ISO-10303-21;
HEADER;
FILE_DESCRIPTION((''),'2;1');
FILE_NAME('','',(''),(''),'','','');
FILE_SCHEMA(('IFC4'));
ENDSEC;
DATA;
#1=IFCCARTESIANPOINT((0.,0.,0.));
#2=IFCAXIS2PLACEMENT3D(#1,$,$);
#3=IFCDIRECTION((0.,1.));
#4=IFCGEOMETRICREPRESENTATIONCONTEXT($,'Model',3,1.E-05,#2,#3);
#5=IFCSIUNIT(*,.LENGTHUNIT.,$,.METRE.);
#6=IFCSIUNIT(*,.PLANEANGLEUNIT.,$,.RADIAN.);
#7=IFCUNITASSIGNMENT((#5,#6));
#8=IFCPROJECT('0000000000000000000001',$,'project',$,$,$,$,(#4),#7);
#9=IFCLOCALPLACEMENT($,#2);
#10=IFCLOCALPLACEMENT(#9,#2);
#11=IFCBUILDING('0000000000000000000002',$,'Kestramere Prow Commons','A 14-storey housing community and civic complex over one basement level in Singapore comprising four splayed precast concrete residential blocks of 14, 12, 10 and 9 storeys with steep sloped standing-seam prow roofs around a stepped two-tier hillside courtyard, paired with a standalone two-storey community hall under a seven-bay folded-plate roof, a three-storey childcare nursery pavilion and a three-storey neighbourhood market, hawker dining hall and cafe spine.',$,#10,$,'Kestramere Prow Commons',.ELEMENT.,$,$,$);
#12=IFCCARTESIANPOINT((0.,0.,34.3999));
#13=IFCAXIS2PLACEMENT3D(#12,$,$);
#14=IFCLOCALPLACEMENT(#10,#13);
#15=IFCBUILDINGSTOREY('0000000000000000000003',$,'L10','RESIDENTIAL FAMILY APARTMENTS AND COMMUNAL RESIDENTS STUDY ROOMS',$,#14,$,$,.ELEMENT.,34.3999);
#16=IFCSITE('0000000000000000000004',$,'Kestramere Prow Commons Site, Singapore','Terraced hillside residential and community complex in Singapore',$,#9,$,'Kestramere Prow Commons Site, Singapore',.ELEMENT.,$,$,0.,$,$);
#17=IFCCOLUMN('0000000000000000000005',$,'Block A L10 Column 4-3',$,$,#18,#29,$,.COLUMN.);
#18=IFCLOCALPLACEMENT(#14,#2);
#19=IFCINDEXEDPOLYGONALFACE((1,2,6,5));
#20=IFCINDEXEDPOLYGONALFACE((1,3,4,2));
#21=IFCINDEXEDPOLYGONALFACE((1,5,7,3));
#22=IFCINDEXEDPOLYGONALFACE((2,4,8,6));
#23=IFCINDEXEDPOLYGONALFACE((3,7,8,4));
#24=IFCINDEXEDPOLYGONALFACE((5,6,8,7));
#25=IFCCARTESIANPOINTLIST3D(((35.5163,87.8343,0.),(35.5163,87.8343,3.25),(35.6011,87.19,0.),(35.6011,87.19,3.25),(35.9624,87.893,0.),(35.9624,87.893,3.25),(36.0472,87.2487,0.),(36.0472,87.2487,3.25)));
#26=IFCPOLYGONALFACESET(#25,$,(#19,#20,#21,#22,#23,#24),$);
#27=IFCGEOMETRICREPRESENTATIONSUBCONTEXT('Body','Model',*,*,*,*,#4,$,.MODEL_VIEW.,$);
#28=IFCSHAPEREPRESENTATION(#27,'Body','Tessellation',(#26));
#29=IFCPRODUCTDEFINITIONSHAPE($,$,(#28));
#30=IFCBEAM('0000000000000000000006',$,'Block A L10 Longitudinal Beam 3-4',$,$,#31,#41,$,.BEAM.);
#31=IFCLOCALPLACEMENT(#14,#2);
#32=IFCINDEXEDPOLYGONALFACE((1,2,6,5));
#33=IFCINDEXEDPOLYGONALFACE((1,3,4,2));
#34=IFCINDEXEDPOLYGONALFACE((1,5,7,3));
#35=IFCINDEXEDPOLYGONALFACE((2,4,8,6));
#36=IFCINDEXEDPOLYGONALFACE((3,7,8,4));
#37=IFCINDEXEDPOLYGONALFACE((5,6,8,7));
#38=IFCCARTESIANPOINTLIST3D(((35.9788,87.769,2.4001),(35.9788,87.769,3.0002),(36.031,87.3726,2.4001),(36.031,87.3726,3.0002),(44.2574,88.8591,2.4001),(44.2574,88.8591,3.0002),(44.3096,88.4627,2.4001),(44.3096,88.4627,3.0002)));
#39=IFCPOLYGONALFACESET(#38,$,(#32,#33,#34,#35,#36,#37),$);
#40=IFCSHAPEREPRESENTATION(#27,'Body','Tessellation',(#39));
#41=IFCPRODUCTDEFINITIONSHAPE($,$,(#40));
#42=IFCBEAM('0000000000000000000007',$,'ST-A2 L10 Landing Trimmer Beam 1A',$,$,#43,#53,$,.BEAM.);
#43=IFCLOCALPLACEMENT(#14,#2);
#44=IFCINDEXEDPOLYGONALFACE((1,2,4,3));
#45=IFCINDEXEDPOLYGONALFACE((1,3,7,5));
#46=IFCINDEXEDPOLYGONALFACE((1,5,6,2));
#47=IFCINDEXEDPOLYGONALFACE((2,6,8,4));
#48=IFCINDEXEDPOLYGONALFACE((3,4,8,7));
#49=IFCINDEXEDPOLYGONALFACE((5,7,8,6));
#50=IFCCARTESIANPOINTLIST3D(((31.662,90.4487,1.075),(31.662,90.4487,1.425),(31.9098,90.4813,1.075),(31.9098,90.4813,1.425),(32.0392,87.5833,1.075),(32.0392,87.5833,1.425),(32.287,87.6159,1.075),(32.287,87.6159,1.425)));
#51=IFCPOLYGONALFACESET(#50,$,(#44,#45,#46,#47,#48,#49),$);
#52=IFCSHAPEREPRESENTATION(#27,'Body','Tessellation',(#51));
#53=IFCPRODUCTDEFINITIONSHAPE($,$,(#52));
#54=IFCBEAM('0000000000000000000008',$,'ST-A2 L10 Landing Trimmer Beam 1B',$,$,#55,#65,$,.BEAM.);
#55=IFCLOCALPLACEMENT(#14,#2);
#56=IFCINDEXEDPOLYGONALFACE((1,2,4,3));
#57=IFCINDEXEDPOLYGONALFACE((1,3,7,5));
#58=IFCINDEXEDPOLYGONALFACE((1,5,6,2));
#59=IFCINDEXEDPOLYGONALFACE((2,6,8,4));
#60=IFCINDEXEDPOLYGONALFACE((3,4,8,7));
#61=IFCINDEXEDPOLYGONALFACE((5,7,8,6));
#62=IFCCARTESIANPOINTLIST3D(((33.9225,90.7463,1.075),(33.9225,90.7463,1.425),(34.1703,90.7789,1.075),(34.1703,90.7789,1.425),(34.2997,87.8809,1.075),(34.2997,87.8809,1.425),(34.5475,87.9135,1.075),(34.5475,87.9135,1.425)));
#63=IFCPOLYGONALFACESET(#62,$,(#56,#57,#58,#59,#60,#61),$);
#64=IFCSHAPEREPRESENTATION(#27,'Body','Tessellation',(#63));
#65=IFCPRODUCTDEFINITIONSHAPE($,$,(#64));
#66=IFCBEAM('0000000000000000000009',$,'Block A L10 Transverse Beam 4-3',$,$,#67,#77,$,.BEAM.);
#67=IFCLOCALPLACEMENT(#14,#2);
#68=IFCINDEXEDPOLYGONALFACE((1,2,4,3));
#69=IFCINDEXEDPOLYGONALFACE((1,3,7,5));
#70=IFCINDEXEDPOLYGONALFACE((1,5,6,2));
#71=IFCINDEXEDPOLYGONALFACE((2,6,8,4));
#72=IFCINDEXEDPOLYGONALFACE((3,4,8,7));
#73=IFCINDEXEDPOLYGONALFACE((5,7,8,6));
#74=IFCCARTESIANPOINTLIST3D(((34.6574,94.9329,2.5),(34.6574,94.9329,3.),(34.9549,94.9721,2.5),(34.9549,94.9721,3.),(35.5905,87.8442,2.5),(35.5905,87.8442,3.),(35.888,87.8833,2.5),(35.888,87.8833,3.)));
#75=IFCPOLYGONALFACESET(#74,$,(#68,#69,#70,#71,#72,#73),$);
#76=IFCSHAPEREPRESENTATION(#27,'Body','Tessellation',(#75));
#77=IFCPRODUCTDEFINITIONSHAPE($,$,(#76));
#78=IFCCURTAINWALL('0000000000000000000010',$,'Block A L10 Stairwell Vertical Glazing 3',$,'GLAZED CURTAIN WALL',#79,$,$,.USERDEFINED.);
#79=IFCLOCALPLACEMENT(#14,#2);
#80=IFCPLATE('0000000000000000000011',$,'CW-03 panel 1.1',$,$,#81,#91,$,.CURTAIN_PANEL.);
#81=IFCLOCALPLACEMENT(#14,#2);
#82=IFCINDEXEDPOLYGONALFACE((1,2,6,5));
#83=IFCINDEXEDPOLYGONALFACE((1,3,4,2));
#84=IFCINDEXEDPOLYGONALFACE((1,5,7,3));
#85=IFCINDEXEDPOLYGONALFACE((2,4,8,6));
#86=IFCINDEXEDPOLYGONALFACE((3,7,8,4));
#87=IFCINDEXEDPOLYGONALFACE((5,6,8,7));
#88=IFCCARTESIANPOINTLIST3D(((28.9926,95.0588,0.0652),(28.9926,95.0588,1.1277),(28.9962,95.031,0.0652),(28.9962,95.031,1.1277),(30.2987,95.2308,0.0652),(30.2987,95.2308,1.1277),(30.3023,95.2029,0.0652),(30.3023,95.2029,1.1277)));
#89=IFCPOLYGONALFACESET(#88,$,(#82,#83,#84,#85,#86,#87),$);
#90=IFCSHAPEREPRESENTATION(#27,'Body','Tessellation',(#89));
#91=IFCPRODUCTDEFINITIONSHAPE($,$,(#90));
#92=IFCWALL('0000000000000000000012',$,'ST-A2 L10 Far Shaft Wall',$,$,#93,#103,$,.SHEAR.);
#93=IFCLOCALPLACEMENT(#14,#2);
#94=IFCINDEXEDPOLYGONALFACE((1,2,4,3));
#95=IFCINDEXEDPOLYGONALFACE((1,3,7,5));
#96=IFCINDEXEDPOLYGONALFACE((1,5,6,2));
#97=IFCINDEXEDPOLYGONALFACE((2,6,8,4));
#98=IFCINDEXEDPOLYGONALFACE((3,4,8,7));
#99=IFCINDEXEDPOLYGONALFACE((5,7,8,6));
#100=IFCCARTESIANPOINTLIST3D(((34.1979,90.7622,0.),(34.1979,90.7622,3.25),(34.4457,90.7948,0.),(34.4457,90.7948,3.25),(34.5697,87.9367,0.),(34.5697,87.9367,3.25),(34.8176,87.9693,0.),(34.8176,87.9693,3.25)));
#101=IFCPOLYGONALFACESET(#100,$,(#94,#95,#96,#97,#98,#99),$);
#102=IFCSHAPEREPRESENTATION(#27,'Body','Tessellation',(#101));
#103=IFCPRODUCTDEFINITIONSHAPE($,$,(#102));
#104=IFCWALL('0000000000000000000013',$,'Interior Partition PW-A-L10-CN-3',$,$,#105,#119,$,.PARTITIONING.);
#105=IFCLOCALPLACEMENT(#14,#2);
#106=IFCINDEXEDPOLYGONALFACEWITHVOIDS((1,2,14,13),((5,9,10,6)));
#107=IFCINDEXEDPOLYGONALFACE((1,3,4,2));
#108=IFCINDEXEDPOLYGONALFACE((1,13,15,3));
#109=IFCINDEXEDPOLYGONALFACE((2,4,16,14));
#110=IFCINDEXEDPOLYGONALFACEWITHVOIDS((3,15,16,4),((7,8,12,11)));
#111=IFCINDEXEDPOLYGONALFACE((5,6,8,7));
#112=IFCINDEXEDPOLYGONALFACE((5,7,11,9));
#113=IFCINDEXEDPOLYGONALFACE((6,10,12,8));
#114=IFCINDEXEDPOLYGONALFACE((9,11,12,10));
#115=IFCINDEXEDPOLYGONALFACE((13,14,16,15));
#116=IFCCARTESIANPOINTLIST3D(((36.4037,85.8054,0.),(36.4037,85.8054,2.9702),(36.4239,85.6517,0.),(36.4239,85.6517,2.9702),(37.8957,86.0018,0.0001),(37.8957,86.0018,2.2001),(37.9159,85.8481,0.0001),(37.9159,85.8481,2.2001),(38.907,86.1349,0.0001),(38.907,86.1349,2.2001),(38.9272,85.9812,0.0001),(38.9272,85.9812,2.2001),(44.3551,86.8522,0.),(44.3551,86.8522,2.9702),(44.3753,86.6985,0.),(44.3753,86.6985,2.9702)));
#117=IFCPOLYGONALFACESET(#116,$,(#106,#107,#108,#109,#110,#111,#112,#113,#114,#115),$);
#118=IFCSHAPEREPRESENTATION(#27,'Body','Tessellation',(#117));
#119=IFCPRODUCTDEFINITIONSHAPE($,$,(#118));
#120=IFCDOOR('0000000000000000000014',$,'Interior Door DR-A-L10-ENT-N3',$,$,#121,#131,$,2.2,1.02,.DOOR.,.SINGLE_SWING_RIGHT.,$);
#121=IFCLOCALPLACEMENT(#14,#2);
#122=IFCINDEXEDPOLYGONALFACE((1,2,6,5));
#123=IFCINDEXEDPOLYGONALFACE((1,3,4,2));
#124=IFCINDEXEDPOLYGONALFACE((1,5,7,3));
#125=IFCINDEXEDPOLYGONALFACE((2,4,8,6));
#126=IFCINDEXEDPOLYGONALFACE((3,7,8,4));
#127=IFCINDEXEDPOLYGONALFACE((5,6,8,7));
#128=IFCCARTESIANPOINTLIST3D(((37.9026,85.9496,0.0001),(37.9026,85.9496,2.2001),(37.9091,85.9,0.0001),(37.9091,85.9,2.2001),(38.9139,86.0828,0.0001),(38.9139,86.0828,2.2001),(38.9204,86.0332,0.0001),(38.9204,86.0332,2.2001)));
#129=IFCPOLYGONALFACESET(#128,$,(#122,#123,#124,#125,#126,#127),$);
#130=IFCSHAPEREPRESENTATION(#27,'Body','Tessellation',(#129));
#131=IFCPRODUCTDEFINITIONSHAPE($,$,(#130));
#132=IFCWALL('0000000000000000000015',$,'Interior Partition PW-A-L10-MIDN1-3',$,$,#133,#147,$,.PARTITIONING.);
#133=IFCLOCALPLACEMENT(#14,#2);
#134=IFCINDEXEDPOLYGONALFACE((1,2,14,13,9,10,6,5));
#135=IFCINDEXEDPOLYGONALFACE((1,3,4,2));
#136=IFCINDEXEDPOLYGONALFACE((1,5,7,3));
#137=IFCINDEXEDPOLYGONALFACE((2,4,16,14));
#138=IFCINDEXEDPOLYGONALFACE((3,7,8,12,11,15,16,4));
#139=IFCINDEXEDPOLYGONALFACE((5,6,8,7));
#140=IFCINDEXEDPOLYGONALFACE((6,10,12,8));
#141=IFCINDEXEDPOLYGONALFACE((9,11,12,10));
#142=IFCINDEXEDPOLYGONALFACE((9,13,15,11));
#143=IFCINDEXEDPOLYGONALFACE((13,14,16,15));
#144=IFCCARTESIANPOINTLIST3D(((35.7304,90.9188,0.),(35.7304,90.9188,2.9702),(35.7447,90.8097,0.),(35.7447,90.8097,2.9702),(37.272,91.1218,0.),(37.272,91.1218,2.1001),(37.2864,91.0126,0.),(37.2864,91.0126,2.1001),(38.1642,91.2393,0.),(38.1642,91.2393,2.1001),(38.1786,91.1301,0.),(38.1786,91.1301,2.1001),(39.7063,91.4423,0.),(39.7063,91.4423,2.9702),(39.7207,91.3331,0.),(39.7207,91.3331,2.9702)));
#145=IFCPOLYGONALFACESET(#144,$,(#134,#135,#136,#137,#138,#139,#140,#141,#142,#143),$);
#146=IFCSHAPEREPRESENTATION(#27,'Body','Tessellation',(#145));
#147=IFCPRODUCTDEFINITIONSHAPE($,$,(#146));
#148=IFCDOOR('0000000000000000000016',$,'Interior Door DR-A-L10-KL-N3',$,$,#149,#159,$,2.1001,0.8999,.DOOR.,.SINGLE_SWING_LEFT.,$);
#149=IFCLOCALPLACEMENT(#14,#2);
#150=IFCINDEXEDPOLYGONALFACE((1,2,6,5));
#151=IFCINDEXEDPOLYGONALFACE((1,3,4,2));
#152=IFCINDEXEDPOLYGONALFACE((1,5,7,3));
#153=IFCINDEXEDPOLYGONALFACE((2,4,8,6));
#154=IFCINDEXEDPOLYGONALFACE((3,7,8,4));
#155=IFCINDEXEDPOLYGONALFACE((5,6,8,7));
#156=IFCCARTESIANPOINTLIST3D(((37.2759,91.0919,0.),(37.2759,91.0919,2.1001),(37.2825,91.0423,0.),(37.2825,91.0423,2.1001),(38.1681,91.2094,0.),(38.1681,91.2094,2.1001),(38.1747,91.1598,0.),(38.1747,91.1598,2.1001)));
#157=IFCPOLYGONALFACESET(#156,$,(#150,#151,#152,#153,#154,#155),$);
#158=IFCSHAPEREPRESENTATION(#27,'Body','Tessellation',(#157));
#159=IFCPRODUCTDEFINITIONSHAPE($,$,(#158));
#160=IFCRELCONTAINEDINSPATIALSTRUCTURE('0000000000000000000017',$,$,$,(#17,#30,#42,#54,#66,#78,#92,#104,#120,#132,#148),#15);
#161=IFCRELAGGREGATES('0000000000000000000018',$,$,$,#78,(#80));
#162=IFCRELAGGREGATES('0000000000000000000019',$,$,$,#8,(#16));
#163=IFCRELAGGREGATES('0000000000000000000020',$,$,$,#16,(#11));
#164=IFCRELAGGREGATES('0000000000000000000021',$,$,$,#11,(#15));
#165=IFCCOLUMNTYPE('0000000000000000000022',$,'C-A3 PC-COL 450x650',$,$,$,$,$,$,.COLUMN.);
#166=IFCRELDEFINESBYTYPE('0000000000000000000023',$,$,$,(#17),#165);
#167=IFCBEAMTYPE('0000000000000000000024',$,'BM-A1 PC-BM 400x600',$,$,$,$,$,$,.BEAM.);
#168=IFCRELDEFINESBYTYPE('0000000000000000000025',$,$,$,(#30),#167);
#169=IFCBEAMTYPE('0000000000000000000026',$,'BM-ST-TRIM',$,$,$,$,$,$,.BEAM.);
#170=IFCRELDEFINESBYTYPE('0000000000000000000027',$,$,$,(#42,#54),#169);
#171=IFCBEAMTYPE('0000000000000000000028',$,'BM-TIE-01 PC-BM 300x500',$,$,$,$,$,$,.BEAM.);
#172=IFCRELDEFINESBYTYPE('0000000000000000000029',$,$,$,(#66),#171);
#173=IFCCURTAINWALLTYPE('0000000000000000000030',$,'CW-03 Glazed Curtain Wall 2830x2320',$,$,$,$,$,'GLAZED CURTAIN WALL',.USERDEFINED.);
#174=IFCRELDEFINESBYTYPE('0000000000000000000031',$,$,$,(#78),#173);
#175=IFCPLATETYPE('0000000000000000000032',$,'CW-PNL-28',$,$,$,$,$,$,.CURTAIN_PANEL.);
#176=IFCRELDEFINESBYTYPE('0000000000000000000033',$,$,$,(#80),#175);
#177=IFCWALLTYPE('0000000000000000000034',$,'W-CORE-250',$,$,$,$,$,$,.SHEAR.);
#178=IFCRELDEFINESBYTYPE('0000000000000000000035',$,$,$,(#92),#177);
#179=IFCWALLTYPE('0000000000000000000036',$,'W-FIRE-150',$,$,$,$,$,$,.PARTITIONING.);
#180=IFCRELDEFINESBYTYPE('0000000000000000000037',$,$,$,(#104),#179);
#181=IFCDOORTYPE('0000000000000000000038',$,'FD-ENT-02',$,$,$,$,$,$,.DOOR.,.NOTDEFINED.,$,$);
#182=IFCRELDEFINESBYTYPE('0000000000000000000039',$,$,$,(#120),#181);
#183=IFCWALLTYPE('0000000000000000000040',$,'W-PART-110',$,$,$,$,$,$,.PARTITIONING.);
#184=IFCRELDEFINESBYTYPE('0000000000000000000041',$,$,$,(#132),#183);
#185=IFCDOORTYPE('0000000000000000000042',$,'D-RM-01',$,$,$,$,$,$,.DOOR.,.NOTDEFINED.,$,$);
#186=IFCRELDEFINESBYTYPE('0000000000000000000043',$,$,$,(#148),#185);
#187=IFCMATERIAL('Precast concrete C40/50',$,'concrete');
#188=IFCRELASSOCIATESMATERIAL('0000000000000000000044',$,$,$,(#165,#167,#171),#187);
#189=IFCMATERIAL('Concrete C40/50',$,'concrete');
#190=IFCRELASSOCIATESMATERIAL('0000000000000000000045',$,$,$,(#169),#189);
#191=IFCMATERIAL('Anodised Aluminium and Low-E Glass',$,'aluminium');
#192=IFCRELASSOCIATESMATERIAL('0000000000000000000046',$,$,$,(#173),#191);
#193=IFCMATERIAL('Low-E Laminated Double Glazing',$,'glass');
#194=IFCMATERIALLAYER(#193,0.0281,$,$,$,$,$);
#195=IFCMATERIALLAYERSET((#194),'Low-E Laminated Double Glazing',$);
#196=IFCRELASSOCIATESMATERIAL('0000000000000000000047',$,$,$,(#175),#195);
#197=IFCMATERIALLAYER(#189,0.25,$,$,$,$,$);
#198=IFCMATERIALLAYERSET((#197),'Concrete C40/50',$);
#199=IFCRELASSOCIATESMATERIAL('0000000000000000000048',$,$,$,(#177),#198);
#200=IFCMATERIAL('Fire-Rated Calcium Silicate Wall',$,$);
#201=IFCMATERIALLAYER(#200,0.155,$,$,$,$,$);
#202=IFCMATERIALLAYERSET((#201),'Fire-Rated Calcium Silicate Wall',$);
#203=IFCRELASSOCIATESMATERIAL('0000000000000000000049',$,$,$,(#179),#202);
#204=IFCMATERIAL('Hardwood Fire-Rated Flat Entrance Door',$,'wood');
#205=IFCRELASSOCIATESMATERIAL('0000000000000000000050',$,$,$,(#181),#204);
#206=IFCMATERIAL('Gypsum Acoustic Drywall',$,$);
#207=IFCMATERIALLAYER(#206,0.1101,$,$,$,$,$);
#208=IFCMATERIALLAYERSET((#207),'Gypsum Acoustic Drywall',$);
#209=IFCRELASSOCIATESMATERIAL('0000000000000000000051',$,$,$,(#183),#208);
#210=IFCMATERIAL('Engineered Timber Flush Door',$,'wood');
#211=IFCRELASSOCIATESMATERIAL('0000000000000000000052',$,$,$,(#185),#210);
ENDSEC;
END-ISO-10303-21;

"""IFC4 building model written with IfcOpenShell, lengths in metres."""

from ifc_helpers import new_model, si_unit, direction, frame, frame_2d, origin, origin_2d, place, context, subcontext, project, spatial, rectangle, extrude, material, layer, layer_set, material_profile, profile_set, type_object, element, fill, aggregate, save


model = new_model("IFC4")

# Units and contexts
model_context = context("Model", 3, precision=1e-05, world=origin(), true_north=direction((0.0, 1.0)))
body_context = subcontext(model_context, "Body", "Model", "MODEL_VIEW")
ifc_project = project(units=[si_unit("LENGTHUNIT", "METRE"), si_unit("PLANEANGLEUNIT", "RADIAN")], contexts=[model_context])

# Site, building, storey
site_placement = place(None, origin())
site = spatial("IfcSite", under=ifc_project, at=site_placement, Name="Kestramere Prow Commons Site, Singapore", Description="Terraced hillside residential and community complex in Singapore", LongName="Kestramere Prow Commons Site, Singapore", CompositionType="ELEMENT", RefElevation=0.0)
building_placement = place(site_placement, origin())
building = spatial("IfcBuilding", under=site, at=building_placement, Name="Kestramere Prow Commons", Description="A 14-storey housing community and civic complex over one basement level in Singapore comprising four splayed precast concrete residential blocks of 14, 12, 10 and 9 storeys with steep sloped standing-seam prow roofs around a stepped two-tier hillside courtyard, paired with a standalone two-storey community hall under a seven-bay folded-plate roof, a three-storey childcare nursery pavilion and a three-storey neighbourhood market, hawker dining hall and cafe spine.", LongName="Kestramere Prow Commons", CompositionType="ELEMENT")
storey_placement = place(building_placement, frame((0.0, 0.0, 34.3999)))
storey = spatial("IfcBuildingStorey", under=building, at=storey_placement, Name="L10", Description="RESIDENTIAL FAMILY APARTMENTS AND COMMUNAL RESIDENTS STUDY ROOMS", CompositionType="ELEMENT", Elevation=34.3999)

# Column
ifc_material_1 = material(Name="Precast concrete C40/50", Category="concrete")
ifc_material_profile_1 = material_profile(ifc_material_1, rectangle(XDim=0.45, YDim=0.6499, at=origin_2d()), Name="PC-COL 450x650")
ifc_profile_set_1 = profile_set([ifc_material_profile_1], Name="Precast concrete C40/50")
column_type = type_object("IfcColumnType", Name="C-A3 PC-COL 450x650", PredefinedType="COLUMN", material=ifc_profile_set_1)
column_placement = place(storey_placement, frame((35.7817, 87.5415, 0.0), z_axis=(0.0, 0.0, 1.0), x_axis=(0.991445, 0.130526, 0.0)))
element("IfcColumn", 1, at=column_placement, inside=storey, type_object=column_type, Name="Block A L10 Column 4-3", PredefinedType="COLUMN", context=body_context, shape_type="SweptSolid", body=[
    extrude(rectangle(XDim=0.45, YDim=0.6499, at=origin_2d()), origin(), (0.0, 0.0, 1.0), 3.25),
])

# Beams
ifc_material_profile_2 = material_profile(ifc_material_1, rectangle(XDim=0.3999, YDim=0.6001, at=origin_2d()), Name="PC-BM 400x600")
ifc_profile_set_2 = profile_set([ifc_material_profile_2], Name="Precast concrete C40/50")
beam_type_1 = type_object("IfcBeamType", Name="BM-A1 PC-BM 400x600", PredefinedType="BEAM", material=ifc_profile_set_2)
beam_1_placement = place(storey_placement, frame((36.0049, 87.5708, 2.7002), z_axis=(0.991442, 0.130549, 0.0), x_axis=(-0.130549, 0.991442, 0.0)))
element("IfcBeam", 2, at=beam_1_placement, inside=storey, type_object=beam_type_1, Name="Block A L10 Longitudinal Beam 3-4", PredefinedType="BEAM", context=body_context, shape_type="SweptSolid", body=[
    extrude(rectangle(XDim=0.3999, YDim=0.6001, at=origin_2d()), origin(), (0.0, 0.0, 1.0), 8.3501),
])
ifc_material_2 = material(Name="Concrete C40/50", Category="concrete")
ifc_material_profile_3 = material_profile(ifc_material_2, rectangle(XDim=0.25, YDim=0.3501, at=origin_2d()), Name="PC-BM 250x350")
ifc_profile_set_3 = profile_set([ifc_material_profile_3], Name="Concrete C40/50")
beam_type_2 = type_object("IfcBeamType", Name="BM-ST-TRIM", PredefinedType="BEAM", material=ifc_profile_set_3)
for number, where, z_axis, x_axis, name in (
    (3, (32.1631, 87.5996, 1.25), (-0.130509, 0.991447, 0.0), (-0.991447, -0.130509, 0.0), "ST-A2 L10 Landing Trimmer Beam 1A"),
    (4, (34.4236, 87.8972, 1.25), (-0.130509, 0.991447, 0.0), (-0.991447, -0.130509, 0.0), "ST-A2 L10 Landing Trimmer Beam 1B"),
):
    element("IfcBeam", number, at=place(storey_placement, frame(where, z_axis=z_axis, x_axis=x_axis)), inside=storey, type_object=beam_type_2, Name=name, PredefinedType="BEAM", context=body_context, shape_type="SweptSolid", body=[
        extrude(rectangle(XDim=0.25, YDim=0.3501, at=origin_2d()), origin(), (0.0, 0.0, 1.0), 2.8901),
    ])
ifc_material_profile_4 = material_profile(ifc_material_1, rectangle(XDim=0.3, YDim=0.5, at=origin_2d()), Name="PC-BM 300x500")
ifc_profile_set_4 = profile_set([ifc_material_profile_4], Name="Precast concrete C40/50")
beam_type_3 = type_object("IfcBeamType", Name="BM-TIE-01 PC-BM 300x500", PredefinedType="BEAM", material=ifc_profile_set_4)
beam_2_placement = place(storey_placement, frame((35.7393, 87.8638, 2.75), z_axis=(-0.130504, 0.991448, 0.0), x_axis=(-0.991448, -0.130504, 0.0)))
element("IfcBeam", 5, at=beam_2_placement, inside=storey, type_object=beam_type_3, Name="Block A L10 Transverse Beam 4-3", PredefinedType="BEAM", context=body_context, shape_type="SweptSolid", body=[
    extrude(rectangle(XDim=0.3, YDim=0.5, at=origin_2d()), origin(), (0.0, 0.0, 1.0), 7.1499),
])

# Curtain wall, plate
ifc_material_3 = material(Name="Anodised Aluminium and Low-E Glass", Category="aluminium")
curtain_wall_type = type_object("IfcCurtainWallType", Name="CW-03 Glazed Curtain Wall 2830x2320", ElementType="GLAZED CURTAIN WALL", PredefinedType="USERDEFINED", material=ifc_material_3)
curtain_wall_placement = place(storey_placement, origin())
curtain_wall = element("IfcCurtainWall", 6, at=curtain_wall_placement, inside=storey, type_object=curtain_wall_type, Name="Block A L10 Stairwell Vertical Glazing 3", ObjectType="GLAZED CURTAIN WALL", PredefinedType="USERDEFINED")
ifc_material_4 = material(Name="Low-E Laminated Double Glazing", Category="glass")
ifc_layer_1 = layer(ifc_material_4, 0.0281)
ifc_layer_set_1 = layer_set([ifc_layer_1], Name="Low-E Laminated Double Glazing")
plate_type = type_object("IfcPlateType", Name="CW-PNL-28", PredefinedType="CURTAIN_PANEL", material=ifc_layer_set_1)
plate_placement = place(storey_placement, frame((29.6475, 95.1309, 0.0652), z_axis=(0.0, 0.0, 1.0), x_axis=(0.991445, 0.130526, 0.0)))
plate = element("IfcPlate", 7, at=plate_placement, type_object=plate_type, Name="CW-03 panel 1.1", PredefinedType="CURTAIN_PANEL", context=body_context, shape_type="SweptSolid", body=[
    extrude(rectangle(XDim=1.3174, YDim=0.0281, at=origin_2d()), origin(), (0.0, 0.0, 1.0), 1.0625),
])
aggregate(curtain_wall, [plate])

# Wall
ifc_layer_2 = layer(ifc_material_2, 0.25)
ifc_layer_set_2 = layer_set([ifc_layer_2], Name="Concrete C40/50")
wall_type_1 = type_object("IfcWallType", Name="W-CORE-250", PredefinedType="SHEAR", material=ifc_layer_set_2)
wall_1_placement = place(storey_placement, frame((34.6936, 87.9531, 0.0), z_axis=(0.0, 0.0, 1.0), x_axis=(-0.130474, 0.991452, 0.0)))
element("IfcWall", 8, at=wall_1_placement, inside=storey, type_object=wall_type_1, Name="ST-A2 L10 Far Shaft Wall", PredefinedType="SHEAR", context=body_context, shape_type="SweptSolid", body=[
    extrude(rectangle(XDim=2.8499, YDim=0.25, at=frame_2d((1.4248, 0.0))), origin(), (0.0, 0.0, 1.0), 3.25),
])

# Walls, openings, doors
ifc_material_5 = material(Name="Fire-Rated Calcium Silicate Wall")
ifc_layer_3 = layer(ifc_material_5, 0.155)
ifc_layer_set_3 = layer_set([ifc_layer_3], Name="Fire-Rated Calcium Silicate Wall")
wall_type_2 = type_object("IfcWallType", Name="W-FIRE-150", PredefinedType="PARTITIONING", material=ifc_layer_set_3)
wall_2_placement = place(storey_placement, frame((36.4138, 85.7285, 0.0), z_axis=(0.0, 0.0, 1.0), x_axis=(0.991444, 0.130532, 0.0)))
wall_2 = element("IfcWall", 9, at=wall_2_placement, inside=storey, type_object=wall_type_2, Name="Interior Partition PW-A-L10-CN-3", PredefinedType="PARTITIONING", context=body_context, shape_type="SweptSolid", body=[
    extrude(rectangle(XDim=8.02, YDim=0.155, at=frame_2d((4.01, 0.0))), origin(), (0.0, 0.0, 1.0), 2.9702),
])
opening_1_placement = place(wall_2_placement, frame((1.5049, 0.0, 0.0)))
opening_1 = element("IfcOpeningElement", 10, at=opening_1_placement, cuts=wall_2, PredefinedType="OPENING", context=body_context, shape_type="SweptSolid", body=[
    extrude(rectangle(XDim=1.02, YDim=2.2, at=frame_2d((0.51, 1.1001))), frame((0.0, 0.0925, 0.0), z_axis=(0.0, -1.0, 0.0), x_axis=(1.0, 0.0, 0.0)), (0.0, 0.0, 1.0), 0.1851),
])
ifc_material_6 = material(Name="Hardwood Fire-Rated Flat Entrance Door", Category="wood")
door_type_1 = type_object("IfcDoorType", Name="FD-ENT-02", OperationType="NOTDEFINED", PredefinedType="DOOR", material=ifc_material_6)
door_1_placement = place(opening_1_placement, origin())
door_1 = element("IfcDoor", 11, at=door_1_placement, inside=storey, type_object=door_type_1, Name="Interior Door DR-A-L10-ENT-N3", OperationType="SINGLE_SWING_RIGHT", OverallHeight=2.2, OverallWidth=1.02, PredefinedType="DOOR", context=body_context, shape_type="SweptSolid", body=[
    extrude(rectangle(XDim=1.02, YDim=2.2, at=frame_2d((0.51, 1.1001))), frame((0.0, 0.0249, 0.0), z_axis=(0.0, -1.0, 0.0), x_axis=(1.0, 0.0, 0.0)), (0.0, 0.0, 1.0), 0.05),
])
fill(opening_1, door_1)
ifc_material_7 = material(Name="Gypsum Acoustic Drywall")
ifc_layer_4 = layer(ifc_material_7, 0.1101)
ifc_layer_set_4 = layer_set([ifc_layer_4], Name="Gypsum Acoustic Drywall")
wall_type_3 = type_object("IfcWallType", Name="W-PART-110", PredefinedType="PARTITIONING", material=ifc_layer_set_4)
wall_3_placement = place(storey_placement, frame((35.7375, 90.8643, 0.0), z_axis=(0.0, 0.0, 1.0), x_axis=(0.991445, 0.130529, 0.0)))
wall_3 = element("IfcWall", 12, at=wall_3_placement, inside=storey, type_object=wall_type_3, Name="Interior Partition PW-A-L10-MIDN1-3", PredefinedType="PARTITIONING", context=body_context, shape_type="SweptSolid", body=[
    extrude(rectangle(XDim=4.0103, YDim=0.1101, at=frame_2d((2.0051, 0.0))), origin(), (0.0, 0.0, 1.0), 2.9702),
])
opening_2_placement = place(wall_3_placement, frame((1.5549, 0.0, 0.0)))
opening_2 = element("IfcOpeningElement", 13, at=opening_2_placement, cuts=wall_3, PredefinedType="OPENING", context=body_context, shape_type="SweptSolid", body=[
    extrude(rectangle(XDim=0.8999, YDim=2.1001, at=frame_2d((0.45, 1.05))), frame((0.0, 0.0701, 0.0), z_axis=(0.0, -1.0, 0.0), x_axis=(1.0, 0.0, 0.0)), (0.0, 0.0, 1.0), 0.1401),
])
ifc_material_8 = material(Name="Engineered Timber Flush Door", Category="wood")
door_type_2 = type_object("IfcDoorType", Name="D-RM-01", OperationType="NOTDEFINED", PredefinedType="DOOR", material=ifc_material_8)
door_2_placement = place(opening_2_placement, origin())
door_2 = element("IfcDoor", 14, at=door_2_placement, inside=storey, type_object=door_type_2, Name="Interior Door DR-A-L10-KL-N3", OperationType="SINGLE_SWING_LEFT", OverallHeight=2.1001, OverallWidth=0.8999, PredefinedType="DOOR", context=body_context, shape_type="SweptSolid", body=[
    extrude(rectangle(XDim=0.8999, YDim=2.1001, at=frame_2d((0.45, 1.05))), frame((0.0, 0.0249, 0.0), z_axis=(0.0, -1.0, 0.0), x_axis=(1.0, 0.0, 0.0)), (0.0, 0.0, 1.0), 0.05),
])
fill(opening_2, door_2)

save(model, "model.ifc")
